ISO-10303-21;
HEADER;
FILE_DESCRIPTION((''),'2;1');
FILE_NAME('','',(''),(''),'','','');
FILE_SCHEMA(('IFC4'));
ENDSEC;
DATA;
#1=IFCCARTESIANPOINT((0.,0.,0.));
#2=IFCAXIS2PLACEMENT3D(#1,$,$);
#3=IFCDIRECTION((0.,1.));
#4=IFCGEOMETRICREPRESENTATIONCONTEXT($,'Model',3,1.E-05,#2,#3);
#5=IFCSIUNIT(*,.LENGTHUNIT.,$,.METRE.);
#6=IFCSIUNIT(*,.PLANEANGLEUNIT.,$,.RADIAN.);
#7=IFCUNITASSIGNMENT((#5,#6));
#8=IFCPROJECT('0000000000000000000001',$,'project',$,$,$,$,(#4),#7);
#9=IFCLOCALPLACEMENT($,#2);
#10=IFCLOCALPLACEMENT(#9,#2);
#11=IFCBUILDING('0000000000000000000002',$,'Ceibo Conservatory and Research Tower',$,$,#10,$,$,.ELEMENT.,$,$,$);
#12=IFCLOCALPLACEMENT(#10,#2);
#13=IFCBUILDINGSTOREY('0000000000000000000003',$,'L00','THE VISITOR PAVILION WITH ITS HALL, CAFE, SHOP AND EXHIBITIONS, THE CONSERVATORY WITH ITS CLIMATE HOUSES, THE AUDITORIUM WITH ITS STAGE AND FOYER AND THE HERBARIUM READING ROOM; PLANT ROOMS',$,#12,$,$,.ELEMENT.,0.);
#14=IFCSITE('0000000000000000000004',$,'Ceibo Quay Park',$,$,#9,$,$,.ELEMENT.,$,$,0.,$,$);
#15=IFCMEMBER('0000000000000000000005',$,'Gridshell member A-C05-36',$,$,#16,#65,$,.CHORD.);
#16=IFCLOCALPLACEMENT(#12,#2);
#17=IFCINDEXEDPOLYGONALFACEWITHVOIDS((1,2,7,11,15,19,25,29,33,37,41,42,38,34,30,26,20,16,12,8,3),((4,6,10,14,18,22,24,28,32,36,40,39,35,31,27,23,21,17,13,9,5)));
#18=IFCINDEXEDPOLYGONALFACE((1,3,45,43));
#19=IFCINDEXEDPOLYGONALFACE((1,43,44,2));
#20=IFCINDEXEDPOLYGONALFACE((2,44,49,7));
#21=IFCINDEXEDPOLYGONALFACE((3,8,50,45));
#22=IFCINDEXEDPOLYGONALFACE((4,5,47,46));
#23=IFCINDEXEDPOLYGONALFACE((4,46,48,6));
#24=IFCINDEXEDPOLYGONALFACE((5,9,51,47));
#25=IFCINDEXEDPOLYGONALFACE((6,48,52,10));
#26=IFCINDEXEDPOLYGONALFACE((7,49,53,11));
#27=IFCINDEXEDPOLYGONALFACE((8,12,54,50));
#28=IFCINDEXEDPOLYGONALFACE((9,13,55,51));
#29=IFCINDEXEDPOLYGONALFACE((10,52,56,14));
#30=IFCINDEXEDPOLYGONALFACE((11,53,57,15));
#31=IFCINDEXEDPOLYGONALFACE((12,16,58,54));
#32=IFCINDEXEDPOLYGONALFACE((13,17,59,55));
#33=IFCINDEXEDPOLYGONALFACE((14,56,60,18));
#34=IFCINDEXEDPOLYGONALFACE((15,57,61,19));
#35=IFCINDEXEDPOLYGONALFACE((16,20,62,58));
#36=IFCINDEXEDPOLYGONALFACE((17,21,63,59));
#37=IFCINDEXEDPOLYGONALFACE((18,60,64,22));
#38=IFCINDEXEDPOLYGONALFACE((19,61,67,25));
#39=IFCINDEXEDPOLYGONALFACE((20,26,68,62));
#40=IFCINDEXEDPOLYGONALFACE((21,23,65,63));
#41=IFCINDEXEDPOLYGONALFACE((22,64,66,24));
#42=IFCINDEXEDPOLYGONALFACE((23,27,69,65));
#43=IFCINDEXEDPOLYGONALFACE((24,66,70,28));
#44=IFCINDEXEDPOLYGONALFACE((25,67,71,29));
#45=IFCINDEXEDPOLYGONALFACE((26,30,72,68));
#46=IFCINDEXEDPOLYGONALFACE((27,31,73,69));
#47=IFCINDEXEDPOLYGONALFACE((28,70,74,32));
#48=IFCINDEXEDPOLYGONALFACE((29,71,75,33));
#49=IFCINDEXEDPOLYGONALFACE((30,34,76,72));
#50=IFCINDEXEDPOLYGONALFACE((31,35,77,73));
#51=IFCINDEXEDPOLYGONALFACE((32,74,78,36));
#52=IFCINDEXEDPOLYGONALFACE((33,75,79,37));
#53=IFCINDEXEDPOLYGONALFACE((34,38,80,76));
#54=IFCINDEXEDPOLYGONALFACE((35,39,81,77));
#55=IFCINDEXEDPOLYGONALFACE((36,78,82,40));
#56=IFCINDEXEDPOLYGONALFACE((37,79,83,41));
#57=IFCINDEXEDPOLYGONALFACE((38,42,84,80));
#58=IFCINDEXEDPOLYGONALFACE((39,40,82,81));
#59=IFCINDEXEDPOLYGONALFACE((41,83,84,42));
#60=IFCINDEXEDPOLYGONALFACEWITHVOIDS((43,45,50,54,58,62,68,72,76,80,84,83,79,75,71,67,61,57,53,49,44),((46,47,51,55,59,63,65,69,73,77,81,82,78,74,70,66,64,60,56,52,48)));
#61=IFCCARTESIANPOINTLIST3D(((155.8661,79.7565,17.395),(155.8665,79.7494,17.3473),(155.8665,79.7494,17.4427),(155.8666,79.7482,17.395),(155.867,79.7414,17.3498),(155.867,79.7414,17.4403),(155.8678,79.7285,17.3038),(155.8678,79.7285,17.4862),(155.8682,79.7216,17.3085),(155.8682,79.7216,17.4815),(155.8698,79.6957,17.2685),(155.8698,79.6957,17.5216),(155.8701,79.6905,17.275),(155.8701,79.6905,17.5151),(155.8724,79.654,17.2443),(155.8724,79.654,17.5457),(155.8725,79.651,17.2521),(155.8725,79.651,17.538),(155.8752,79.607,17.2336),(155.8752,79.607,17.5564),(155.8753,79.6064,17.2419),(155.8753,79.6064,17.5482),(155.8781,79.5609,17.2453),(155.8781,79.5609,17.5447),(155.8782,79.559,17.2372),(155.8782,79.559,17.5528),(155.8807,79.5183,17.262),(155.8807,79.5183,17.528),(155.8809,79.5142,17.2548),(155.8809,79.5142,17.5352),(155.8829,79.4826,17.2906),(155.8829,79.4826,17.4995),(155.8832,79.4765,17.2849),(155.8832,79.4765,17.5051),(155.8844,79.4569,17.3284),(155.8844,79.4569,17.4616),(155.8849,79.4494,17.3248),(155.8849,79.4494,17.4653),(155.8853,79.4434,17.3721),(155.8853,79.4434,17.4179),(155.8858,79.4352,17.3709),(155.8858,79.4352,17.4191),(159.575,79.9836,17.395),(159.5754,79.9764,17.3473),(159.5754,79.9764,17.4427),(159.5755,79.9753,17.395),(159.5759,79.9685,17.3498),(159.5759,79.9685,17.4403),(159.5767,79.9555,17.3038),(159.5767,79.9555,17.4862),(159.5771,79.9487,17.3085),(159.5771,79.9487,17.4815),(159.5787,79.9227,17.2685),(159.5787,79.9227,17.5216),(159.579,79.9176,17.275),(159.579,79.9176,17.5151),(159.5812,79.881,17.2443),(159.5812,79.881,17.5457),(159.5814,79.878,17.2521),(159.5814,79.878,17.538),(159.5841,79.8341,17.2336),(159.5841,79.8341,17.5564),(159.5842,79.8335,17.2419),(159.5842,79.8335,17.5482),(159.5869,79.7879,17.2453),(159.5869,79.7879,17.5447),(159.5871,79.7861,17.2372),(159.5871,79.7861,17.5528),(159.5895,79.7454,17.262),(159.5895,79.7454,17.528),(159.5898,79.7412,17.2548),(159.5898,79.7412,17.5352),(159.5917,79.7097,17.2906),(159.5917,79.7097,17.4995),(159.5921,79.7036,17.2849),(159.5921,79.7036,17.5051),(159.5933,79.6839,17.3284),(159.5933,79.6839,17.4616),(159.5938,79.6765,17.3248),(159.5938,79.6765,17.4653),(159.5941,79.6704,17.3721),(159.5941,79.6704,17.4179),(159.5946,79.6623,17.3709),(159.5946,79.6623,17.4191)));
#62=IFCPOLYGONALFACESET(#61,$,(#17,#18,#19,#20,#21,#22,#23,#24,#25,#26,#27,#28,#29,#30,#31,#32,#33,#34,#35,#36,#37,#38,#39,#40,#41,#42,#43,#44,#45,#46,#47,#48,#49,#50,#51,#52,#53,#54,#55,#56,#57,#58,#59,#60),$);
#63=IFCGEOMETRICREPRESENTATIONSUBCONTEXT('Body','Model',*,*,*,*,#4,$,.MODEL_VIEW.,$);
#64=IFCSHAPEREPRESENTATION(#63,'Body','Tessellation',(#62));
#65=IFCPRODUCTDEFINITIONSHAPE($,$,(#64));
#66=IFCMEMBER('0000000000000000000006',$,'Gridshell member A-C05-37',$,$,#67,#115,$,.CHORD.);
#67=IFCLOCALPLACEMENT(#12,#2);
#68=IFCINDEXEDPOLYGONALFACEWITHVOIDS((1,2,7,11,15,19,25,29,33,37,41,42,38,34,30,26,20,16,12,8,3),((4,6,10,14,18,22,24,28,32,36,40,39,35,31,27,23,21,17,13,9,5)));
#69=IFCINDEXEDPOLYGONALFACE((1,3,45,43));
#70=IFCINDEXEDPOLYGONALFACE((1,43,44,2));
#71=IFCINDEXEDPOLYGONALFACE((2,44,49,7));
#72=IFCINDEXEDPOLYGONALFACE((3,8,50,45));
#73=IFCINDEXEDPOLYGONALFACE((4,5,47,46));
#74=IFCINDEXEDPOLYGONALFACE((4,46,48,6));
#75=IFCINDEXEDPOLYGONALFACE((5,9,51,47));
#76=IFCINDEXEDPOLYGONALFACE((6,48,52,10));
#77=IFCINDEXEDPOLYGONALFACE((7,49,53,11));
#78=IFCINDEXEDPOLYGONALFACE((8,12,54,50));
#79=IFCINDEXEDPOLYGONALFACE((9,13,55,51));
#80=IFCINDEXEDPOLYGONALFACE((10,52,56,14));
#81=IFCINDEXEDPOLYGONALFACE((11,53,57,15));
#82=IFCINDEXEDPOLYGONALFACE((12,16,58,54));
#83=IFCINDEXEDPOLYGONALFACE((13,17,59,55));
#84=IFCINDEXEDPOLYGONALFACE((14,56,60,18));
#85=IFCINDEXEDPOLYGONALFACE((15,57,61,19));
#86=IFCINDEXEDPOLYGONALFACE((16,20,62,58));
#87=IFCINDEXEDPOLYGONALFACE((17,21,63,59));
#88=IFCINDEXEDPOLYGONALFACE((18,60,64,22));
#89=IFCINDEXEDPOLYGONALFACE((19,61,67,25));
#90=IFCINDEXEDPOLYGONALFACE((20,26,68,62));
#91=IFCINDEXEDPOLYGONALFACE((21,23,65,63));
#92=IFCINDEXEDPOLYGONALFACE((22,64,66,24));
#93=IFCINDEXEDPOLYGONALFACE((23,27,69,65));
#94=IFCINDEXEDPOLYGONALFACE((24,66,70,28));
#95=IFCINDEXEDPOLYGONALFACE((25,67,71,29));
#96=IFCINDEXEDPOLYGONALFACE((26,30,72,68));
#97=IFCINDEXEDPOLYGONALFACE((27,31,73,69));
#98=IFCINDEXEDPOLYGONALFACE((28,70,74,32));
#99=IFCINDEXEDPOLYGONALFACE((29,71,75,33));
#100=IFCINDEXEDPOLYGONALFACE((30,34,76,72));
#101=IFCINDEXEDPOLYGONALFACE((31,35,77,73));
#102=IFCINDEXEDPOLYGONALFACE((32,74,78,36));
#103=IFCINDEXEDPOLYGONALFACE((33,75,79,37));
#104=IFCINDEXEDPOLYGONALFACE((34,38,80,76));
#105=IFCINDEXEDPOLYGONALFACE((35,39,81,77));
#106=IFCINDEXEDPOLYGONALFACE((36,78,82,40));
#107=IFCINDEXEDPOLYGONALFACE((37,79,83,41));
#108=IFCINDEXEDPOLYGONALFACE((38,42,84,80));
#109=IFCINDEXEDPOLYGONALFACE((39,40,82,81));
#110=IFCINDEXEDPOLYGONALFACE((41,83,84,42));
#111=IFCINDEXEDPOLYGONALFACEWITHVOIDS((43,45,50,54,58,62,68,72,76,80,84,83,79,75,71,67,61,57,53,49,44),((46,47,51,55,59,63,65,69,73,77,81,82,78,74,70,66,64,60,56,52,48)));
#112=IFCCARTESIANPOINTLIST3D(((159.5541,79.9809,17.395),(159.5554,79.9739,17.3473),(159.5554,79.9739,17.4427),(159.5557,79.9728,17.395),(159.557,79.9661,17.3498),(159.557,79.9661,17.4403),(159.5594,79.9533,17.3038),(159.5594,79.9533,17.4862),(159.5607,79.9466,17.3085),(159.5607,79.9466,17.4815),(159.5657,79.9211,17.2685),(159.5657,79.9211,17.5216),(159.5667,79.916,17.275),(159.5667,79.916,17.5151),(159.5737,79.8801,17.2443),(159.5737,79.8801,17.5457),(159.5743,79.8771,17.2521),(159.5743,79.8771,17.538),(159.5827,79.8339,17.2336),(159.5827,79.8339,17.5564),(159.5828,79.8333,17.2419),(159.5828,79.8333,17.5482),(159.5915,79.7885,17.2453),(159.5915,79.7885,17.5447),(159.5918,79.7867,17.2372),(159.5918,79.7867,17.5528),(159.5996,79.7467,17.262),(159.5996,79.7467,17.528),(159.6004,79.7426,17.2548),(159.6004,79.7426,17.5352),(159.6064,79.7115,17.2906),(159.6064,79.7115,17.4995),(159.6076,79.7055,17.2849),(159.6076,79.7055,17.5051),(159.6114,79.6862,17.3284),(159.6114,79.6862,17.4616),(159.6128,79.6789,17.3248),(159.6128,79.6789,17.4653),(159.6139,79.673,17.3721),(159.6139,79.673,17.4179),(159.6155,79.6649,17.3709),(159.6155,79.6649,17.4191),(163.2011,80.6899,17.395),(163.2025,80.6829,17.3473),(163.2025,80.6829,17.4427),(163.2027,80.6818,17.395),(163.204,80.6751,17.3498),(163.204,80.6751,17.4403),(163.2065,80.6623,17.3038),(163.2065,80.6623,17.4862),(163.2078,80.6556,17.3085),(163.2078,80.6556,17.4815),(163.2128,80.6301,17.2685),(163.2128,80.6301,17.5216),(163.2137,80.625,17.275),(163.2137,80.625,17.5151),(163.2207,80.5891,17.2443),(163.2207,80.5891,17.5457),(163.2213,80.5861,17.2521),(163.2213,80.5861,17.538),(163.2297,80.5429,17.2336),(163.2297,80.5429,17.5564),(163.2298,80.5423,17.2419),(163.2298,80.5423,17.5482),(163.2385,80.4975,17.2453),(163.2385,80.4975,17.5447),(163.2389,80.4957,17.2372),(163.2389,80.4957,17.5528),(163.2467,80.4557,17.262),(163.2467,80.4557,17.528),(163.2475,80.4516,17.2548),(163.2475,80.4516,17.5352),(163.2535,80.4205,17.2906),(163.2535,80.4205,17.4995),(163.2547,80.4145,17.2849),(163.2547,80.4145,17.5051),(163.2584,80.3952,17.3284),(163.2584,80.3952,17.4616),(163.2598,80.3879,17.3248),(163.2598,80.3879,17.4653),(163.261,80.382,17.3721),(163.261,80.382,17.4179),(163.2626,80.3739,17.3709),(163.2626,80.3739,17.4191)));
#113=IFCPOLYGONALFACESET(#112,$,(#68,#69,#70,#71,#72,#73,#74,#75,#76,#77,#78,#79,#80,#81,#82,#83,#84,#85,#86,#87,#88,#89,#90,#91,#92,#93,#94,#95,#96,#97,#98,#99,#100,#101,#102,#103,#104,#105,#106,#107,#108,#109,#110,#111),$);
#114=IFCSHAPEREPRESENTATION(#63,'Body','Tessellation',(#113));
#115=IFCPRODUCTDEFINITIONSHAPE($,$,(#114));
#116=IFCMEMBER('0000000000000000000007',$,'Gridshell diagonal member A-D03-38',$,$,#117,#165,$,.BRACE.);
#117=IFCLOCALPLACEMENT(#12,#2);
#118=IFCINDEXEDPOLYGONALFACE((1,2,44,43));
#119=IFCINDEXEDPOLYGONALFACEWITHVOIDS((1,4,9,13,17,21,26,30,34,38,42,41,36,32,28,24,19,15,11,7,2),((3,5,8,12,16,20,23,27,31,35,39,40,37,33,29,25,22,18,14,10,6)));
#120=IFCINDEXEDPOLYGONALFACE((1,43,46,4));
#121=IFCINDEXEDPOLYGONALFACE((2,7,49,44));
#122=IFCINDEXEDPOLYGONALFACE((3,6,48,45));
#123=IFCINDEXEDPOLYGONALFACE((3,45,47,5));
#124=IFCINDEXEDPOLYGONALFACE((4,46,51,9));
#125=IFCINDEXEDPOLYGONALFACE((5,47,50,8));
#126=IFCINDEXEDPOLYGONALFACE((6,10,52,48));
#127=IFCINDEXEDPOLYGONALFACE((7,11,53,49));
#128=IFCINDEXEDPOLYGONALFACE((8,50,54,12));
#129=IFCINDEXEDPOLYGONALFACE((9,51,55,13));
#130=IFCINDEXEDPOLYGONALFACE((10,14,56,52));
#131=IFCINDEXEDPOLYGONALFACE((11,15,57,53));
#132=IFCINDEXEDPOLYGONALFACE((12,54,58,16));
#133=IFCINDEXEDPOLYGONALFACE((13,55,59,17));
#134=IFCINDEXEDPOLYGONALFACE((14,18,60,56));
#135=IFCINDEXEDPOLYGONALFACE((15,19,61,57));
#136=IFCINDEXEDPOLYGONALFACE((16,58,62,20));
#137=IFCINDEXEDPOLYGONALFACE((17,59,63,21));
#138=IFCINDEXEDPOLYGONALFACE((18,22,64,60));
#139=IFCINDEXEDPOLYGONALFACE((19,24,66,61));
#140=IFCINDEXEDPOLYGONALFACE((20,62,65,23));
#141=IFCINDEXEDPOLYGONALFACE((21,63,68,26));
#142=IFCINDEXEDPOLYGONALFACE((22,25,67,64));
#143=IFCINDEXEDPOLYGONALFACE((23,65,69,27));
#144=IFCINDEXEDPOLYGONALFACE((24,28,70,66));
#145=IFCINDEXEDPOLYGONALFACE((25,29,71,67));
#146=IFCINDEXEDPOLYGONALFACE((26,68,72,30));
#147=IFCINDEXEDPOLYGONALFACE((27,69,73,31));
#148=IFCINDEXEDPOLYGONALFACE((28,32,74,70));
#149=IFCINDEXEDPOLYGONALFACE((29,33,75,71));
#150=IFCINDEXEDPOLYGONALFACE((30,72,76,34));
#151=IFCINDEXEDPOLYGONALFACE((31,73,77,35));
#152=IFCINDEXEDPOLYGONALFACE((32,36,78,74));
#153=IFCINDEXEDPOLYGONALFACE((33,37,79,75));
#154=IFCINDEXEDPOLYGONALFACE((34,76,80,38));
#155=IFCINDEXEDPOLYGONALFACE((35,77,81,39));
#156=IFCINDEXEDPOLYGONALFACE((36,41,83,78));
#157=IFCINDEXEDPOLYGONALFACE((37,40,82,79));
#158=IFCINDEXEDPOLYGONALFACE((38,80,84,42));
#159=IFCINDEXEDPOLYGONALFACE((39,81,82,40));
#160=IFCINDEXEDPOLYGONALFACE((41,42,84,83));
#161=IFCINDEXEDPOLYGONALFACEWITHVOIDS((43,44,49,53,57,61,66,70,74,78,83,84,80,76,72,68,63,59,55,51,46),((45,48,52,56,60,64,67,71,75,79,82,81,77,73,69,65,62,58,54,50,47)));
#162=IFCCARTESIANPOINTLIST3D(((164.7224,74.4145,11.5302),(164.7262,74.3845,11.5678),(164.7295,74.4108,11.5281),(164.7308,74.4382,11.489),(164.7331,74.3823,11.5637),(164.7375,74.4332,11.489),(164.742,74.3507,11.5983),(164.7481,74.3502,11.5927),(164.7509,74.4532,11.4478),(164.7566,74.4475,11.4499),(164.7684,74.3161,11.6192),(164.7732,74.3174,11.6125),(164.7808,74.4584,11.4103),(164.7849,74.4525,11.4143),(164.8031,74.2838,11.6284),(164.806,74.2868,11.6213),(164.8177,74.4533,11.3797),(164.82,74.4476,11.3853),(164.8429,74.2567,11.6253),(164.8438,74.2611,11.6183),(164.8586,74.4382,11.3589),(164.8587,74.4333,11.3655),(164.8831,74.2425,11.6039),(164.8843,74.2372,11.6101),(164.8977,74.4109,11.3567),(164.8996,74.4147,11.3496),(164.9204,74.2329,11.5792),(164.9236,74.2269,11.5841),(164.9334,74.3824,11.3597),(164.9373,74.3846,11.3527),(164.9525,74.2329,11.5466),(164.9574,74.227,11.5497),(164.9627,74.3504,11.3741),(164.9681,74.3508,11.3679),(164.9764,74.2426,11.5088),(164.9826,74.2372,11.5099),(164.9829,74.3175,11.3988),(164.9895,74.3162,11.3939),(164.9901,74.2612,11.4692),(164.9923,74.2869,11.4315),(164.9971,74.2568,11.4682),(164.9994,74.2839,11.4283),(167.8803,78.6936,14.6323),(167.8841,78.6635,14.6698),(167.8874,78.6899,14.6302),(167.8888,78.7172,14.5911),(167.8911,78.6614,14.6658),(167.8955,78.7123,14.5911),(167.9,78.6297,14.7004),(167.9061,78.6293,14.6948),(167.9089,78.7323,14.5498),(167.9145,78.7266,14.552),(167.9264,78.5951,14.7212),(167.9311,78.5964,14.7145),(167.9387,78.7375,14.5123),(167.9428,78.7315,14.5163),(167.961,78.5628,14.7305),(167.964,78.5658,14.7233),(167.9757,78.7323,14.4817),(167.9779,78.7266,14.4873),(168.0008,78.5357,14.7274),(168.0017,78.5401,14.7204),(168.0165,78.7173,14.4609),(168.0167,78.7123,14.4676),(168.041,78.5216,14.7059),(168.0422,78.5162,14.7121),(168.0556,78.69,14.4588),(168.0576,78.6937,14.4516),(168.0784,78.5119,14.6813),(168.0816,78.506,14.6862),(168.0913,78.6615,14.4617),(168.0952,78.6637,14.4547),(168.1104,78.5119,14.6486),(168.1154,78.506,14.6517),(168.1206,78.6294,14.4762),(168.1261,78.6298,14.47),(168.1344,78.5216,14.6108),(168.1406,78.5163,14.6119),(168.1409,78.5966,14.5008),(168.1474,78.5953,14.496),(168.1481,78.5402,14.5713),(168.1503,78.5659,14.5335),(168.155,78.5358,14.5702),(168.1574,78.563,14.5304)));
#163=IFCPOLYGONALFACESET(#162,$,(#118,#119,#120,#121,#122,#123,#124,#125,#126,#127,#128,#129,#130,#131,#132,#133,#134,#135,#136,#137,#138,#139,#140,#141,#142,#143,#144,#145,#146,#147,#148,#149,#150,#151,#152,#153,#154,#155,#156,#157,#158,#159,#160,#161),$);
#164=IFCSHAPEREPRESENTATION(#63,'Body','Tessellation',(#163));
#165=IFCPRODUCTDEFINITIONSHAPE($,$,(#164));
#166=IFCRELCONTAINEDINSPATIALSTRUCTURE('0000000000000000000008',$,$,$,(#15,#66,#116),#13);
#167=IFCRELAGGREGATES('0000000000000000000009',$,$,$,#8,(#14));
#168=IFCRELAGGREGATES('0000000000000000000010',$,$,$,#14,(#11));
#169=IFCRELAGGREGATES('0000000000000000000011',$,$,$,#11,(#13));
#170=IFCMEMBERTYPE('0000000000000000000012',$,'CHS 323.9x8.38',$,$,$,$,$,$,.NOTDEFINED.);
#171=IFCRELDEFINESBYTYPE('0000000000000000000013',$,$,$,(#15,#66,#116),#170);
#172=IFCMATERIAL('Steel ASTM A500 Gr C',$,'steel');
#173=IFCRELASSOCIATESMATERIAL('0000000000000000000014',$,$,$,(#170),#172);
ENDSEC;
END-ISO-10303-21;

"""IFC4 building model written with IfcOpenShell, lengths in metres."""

from ifc_helpers import new_model, si_unit, direction, frame, origin, origin_2d, place, context, subcontext, project, spatial, hollow_circle, extrude, material, material_profile, profile_set, type_object, element, save


model = new_model("IFC4")

# Units and contexts
model_context = context("Model", 3, precision=1e-05, world=origin(), true_north=direction((0.0, 1.0)))
body_context = subcontext(model_context, "Body", "Model", "MODEL_VIEW")
ifc_project = project(units=[si_unit("LENGTHUNIT", "METRE"), si_unit("PLANEANGLEUNIT", "RADIAN")], contexts=[model_context])

# Site, building, storey
site_placement = place(None, origin())
site = spatial("IfcSite", under=ifc_project, at=site_placement, Name="Ceibo Quay Park", CompositionType="ELEMENT", RefElevation=0.0)
building_placement = place(site_placement, origin())
building = spatial("IfcBuilding", under=site, at=building_placement, Name="Ceibo Conservatory and Research Tower", CompositionType="ELEMENT")
storey_placement = place(building_placement, origin())
storey = spatial("IfcBuildingStorey", under=building, at=storey_placement, Name="L00", Description="THE VISITOR PAVILION WITH ITS HALL, CAFE, SHOP AND EXHIBITIONS, THE CONSERVATORY WITH ITS CLIMATE HOUSES, THE AUDITORIUM WITH ITS STAGE AND FOYER AND THE HERBARIUM READING ROOM; PLANT ROOMS", CompositionType="ELEMENT", Elevation=0.0)

# Members
ifc_material_1 = material(Name="Steel ASTM A500 Gr C", Category="steel")
ifc_material_profile_1 = material_profile(ifc_material_1, hollow_circle(Radius=0.1619, WallThickness=0.0083, at=origin_2d()), Name="CHS 323.9x8.38")
ifc_profile_set_1 = profile_set([ifc_material_profile_1], Name="Steel ASTM A500 Gr C")
member_type_1 = type_object("IfcMemberType", Name="CHS 323.9x8.38", PredefinedType="NOTDEFINED", material=ifc_profile_set_1)
member_1_placement = place(storey_placement, frame((155.876, 79.595, 17.395), z_axis=(0.998132, 0.061102, 0.0), x_axis=(-0.061102, 0.998132, 0.0)))
element("IfcMember", 1, at=member_1_placement, inside=storey, type_object=member_type_1, Name="Gridshell member A-C05-36", PredefinedType="CHORD", context=body_context, shape_type="SweptSolid", body=[
    extrude(hollow_circle(Radius=0.1619, WallThickness=0.0083, at=origin_2d()), origin(), (0.0, 0.0, 1.0), 3.7158),
])
member_2_placement = place(storey_placement, frame((159.585, 79.822, 17.395), z_axis=(0.981623, 0.190831, 0.0), x_axis=(-0.190831, 0.981623, 0.0)))
element("IfcMember", 2, at=member_2_placement, inside=storey, type_object=member_type_1, Name="Gridshell member A-C05-37", PredefinedType="CHORD", context=body_context, shape_type="SweptSolid", body=[
    extrude(hollow_circle(Radius=0.1619, WallThickness=0.0083, at=origin_2d()), origin(), (0.0, 0.0, 1.0), 3.7153),
])
member_3_placement = place(storey_placement, frame((164.8611, 74.342, 11.489), z_axis=(0.512925, 0.695017, 0.503845), x_axis=(-0.804609, 0.593805, 0.0)))
element("IfcMember", 3, at=member_3_placement, inside=storey, type_object=member_type_1, Name="Gridshell diagonal member A-D03-38", PredefinedType="BRACE", context=body_context, shape_type="SweptSolid", body=[
    extrude(hollow_circle(Radius=0.1619, WallThickness=0.0083, at=origin_2d()), origin(), (0.0, 0.0, 1.0), 6.1567),
])

save(model, "model.ifc")
